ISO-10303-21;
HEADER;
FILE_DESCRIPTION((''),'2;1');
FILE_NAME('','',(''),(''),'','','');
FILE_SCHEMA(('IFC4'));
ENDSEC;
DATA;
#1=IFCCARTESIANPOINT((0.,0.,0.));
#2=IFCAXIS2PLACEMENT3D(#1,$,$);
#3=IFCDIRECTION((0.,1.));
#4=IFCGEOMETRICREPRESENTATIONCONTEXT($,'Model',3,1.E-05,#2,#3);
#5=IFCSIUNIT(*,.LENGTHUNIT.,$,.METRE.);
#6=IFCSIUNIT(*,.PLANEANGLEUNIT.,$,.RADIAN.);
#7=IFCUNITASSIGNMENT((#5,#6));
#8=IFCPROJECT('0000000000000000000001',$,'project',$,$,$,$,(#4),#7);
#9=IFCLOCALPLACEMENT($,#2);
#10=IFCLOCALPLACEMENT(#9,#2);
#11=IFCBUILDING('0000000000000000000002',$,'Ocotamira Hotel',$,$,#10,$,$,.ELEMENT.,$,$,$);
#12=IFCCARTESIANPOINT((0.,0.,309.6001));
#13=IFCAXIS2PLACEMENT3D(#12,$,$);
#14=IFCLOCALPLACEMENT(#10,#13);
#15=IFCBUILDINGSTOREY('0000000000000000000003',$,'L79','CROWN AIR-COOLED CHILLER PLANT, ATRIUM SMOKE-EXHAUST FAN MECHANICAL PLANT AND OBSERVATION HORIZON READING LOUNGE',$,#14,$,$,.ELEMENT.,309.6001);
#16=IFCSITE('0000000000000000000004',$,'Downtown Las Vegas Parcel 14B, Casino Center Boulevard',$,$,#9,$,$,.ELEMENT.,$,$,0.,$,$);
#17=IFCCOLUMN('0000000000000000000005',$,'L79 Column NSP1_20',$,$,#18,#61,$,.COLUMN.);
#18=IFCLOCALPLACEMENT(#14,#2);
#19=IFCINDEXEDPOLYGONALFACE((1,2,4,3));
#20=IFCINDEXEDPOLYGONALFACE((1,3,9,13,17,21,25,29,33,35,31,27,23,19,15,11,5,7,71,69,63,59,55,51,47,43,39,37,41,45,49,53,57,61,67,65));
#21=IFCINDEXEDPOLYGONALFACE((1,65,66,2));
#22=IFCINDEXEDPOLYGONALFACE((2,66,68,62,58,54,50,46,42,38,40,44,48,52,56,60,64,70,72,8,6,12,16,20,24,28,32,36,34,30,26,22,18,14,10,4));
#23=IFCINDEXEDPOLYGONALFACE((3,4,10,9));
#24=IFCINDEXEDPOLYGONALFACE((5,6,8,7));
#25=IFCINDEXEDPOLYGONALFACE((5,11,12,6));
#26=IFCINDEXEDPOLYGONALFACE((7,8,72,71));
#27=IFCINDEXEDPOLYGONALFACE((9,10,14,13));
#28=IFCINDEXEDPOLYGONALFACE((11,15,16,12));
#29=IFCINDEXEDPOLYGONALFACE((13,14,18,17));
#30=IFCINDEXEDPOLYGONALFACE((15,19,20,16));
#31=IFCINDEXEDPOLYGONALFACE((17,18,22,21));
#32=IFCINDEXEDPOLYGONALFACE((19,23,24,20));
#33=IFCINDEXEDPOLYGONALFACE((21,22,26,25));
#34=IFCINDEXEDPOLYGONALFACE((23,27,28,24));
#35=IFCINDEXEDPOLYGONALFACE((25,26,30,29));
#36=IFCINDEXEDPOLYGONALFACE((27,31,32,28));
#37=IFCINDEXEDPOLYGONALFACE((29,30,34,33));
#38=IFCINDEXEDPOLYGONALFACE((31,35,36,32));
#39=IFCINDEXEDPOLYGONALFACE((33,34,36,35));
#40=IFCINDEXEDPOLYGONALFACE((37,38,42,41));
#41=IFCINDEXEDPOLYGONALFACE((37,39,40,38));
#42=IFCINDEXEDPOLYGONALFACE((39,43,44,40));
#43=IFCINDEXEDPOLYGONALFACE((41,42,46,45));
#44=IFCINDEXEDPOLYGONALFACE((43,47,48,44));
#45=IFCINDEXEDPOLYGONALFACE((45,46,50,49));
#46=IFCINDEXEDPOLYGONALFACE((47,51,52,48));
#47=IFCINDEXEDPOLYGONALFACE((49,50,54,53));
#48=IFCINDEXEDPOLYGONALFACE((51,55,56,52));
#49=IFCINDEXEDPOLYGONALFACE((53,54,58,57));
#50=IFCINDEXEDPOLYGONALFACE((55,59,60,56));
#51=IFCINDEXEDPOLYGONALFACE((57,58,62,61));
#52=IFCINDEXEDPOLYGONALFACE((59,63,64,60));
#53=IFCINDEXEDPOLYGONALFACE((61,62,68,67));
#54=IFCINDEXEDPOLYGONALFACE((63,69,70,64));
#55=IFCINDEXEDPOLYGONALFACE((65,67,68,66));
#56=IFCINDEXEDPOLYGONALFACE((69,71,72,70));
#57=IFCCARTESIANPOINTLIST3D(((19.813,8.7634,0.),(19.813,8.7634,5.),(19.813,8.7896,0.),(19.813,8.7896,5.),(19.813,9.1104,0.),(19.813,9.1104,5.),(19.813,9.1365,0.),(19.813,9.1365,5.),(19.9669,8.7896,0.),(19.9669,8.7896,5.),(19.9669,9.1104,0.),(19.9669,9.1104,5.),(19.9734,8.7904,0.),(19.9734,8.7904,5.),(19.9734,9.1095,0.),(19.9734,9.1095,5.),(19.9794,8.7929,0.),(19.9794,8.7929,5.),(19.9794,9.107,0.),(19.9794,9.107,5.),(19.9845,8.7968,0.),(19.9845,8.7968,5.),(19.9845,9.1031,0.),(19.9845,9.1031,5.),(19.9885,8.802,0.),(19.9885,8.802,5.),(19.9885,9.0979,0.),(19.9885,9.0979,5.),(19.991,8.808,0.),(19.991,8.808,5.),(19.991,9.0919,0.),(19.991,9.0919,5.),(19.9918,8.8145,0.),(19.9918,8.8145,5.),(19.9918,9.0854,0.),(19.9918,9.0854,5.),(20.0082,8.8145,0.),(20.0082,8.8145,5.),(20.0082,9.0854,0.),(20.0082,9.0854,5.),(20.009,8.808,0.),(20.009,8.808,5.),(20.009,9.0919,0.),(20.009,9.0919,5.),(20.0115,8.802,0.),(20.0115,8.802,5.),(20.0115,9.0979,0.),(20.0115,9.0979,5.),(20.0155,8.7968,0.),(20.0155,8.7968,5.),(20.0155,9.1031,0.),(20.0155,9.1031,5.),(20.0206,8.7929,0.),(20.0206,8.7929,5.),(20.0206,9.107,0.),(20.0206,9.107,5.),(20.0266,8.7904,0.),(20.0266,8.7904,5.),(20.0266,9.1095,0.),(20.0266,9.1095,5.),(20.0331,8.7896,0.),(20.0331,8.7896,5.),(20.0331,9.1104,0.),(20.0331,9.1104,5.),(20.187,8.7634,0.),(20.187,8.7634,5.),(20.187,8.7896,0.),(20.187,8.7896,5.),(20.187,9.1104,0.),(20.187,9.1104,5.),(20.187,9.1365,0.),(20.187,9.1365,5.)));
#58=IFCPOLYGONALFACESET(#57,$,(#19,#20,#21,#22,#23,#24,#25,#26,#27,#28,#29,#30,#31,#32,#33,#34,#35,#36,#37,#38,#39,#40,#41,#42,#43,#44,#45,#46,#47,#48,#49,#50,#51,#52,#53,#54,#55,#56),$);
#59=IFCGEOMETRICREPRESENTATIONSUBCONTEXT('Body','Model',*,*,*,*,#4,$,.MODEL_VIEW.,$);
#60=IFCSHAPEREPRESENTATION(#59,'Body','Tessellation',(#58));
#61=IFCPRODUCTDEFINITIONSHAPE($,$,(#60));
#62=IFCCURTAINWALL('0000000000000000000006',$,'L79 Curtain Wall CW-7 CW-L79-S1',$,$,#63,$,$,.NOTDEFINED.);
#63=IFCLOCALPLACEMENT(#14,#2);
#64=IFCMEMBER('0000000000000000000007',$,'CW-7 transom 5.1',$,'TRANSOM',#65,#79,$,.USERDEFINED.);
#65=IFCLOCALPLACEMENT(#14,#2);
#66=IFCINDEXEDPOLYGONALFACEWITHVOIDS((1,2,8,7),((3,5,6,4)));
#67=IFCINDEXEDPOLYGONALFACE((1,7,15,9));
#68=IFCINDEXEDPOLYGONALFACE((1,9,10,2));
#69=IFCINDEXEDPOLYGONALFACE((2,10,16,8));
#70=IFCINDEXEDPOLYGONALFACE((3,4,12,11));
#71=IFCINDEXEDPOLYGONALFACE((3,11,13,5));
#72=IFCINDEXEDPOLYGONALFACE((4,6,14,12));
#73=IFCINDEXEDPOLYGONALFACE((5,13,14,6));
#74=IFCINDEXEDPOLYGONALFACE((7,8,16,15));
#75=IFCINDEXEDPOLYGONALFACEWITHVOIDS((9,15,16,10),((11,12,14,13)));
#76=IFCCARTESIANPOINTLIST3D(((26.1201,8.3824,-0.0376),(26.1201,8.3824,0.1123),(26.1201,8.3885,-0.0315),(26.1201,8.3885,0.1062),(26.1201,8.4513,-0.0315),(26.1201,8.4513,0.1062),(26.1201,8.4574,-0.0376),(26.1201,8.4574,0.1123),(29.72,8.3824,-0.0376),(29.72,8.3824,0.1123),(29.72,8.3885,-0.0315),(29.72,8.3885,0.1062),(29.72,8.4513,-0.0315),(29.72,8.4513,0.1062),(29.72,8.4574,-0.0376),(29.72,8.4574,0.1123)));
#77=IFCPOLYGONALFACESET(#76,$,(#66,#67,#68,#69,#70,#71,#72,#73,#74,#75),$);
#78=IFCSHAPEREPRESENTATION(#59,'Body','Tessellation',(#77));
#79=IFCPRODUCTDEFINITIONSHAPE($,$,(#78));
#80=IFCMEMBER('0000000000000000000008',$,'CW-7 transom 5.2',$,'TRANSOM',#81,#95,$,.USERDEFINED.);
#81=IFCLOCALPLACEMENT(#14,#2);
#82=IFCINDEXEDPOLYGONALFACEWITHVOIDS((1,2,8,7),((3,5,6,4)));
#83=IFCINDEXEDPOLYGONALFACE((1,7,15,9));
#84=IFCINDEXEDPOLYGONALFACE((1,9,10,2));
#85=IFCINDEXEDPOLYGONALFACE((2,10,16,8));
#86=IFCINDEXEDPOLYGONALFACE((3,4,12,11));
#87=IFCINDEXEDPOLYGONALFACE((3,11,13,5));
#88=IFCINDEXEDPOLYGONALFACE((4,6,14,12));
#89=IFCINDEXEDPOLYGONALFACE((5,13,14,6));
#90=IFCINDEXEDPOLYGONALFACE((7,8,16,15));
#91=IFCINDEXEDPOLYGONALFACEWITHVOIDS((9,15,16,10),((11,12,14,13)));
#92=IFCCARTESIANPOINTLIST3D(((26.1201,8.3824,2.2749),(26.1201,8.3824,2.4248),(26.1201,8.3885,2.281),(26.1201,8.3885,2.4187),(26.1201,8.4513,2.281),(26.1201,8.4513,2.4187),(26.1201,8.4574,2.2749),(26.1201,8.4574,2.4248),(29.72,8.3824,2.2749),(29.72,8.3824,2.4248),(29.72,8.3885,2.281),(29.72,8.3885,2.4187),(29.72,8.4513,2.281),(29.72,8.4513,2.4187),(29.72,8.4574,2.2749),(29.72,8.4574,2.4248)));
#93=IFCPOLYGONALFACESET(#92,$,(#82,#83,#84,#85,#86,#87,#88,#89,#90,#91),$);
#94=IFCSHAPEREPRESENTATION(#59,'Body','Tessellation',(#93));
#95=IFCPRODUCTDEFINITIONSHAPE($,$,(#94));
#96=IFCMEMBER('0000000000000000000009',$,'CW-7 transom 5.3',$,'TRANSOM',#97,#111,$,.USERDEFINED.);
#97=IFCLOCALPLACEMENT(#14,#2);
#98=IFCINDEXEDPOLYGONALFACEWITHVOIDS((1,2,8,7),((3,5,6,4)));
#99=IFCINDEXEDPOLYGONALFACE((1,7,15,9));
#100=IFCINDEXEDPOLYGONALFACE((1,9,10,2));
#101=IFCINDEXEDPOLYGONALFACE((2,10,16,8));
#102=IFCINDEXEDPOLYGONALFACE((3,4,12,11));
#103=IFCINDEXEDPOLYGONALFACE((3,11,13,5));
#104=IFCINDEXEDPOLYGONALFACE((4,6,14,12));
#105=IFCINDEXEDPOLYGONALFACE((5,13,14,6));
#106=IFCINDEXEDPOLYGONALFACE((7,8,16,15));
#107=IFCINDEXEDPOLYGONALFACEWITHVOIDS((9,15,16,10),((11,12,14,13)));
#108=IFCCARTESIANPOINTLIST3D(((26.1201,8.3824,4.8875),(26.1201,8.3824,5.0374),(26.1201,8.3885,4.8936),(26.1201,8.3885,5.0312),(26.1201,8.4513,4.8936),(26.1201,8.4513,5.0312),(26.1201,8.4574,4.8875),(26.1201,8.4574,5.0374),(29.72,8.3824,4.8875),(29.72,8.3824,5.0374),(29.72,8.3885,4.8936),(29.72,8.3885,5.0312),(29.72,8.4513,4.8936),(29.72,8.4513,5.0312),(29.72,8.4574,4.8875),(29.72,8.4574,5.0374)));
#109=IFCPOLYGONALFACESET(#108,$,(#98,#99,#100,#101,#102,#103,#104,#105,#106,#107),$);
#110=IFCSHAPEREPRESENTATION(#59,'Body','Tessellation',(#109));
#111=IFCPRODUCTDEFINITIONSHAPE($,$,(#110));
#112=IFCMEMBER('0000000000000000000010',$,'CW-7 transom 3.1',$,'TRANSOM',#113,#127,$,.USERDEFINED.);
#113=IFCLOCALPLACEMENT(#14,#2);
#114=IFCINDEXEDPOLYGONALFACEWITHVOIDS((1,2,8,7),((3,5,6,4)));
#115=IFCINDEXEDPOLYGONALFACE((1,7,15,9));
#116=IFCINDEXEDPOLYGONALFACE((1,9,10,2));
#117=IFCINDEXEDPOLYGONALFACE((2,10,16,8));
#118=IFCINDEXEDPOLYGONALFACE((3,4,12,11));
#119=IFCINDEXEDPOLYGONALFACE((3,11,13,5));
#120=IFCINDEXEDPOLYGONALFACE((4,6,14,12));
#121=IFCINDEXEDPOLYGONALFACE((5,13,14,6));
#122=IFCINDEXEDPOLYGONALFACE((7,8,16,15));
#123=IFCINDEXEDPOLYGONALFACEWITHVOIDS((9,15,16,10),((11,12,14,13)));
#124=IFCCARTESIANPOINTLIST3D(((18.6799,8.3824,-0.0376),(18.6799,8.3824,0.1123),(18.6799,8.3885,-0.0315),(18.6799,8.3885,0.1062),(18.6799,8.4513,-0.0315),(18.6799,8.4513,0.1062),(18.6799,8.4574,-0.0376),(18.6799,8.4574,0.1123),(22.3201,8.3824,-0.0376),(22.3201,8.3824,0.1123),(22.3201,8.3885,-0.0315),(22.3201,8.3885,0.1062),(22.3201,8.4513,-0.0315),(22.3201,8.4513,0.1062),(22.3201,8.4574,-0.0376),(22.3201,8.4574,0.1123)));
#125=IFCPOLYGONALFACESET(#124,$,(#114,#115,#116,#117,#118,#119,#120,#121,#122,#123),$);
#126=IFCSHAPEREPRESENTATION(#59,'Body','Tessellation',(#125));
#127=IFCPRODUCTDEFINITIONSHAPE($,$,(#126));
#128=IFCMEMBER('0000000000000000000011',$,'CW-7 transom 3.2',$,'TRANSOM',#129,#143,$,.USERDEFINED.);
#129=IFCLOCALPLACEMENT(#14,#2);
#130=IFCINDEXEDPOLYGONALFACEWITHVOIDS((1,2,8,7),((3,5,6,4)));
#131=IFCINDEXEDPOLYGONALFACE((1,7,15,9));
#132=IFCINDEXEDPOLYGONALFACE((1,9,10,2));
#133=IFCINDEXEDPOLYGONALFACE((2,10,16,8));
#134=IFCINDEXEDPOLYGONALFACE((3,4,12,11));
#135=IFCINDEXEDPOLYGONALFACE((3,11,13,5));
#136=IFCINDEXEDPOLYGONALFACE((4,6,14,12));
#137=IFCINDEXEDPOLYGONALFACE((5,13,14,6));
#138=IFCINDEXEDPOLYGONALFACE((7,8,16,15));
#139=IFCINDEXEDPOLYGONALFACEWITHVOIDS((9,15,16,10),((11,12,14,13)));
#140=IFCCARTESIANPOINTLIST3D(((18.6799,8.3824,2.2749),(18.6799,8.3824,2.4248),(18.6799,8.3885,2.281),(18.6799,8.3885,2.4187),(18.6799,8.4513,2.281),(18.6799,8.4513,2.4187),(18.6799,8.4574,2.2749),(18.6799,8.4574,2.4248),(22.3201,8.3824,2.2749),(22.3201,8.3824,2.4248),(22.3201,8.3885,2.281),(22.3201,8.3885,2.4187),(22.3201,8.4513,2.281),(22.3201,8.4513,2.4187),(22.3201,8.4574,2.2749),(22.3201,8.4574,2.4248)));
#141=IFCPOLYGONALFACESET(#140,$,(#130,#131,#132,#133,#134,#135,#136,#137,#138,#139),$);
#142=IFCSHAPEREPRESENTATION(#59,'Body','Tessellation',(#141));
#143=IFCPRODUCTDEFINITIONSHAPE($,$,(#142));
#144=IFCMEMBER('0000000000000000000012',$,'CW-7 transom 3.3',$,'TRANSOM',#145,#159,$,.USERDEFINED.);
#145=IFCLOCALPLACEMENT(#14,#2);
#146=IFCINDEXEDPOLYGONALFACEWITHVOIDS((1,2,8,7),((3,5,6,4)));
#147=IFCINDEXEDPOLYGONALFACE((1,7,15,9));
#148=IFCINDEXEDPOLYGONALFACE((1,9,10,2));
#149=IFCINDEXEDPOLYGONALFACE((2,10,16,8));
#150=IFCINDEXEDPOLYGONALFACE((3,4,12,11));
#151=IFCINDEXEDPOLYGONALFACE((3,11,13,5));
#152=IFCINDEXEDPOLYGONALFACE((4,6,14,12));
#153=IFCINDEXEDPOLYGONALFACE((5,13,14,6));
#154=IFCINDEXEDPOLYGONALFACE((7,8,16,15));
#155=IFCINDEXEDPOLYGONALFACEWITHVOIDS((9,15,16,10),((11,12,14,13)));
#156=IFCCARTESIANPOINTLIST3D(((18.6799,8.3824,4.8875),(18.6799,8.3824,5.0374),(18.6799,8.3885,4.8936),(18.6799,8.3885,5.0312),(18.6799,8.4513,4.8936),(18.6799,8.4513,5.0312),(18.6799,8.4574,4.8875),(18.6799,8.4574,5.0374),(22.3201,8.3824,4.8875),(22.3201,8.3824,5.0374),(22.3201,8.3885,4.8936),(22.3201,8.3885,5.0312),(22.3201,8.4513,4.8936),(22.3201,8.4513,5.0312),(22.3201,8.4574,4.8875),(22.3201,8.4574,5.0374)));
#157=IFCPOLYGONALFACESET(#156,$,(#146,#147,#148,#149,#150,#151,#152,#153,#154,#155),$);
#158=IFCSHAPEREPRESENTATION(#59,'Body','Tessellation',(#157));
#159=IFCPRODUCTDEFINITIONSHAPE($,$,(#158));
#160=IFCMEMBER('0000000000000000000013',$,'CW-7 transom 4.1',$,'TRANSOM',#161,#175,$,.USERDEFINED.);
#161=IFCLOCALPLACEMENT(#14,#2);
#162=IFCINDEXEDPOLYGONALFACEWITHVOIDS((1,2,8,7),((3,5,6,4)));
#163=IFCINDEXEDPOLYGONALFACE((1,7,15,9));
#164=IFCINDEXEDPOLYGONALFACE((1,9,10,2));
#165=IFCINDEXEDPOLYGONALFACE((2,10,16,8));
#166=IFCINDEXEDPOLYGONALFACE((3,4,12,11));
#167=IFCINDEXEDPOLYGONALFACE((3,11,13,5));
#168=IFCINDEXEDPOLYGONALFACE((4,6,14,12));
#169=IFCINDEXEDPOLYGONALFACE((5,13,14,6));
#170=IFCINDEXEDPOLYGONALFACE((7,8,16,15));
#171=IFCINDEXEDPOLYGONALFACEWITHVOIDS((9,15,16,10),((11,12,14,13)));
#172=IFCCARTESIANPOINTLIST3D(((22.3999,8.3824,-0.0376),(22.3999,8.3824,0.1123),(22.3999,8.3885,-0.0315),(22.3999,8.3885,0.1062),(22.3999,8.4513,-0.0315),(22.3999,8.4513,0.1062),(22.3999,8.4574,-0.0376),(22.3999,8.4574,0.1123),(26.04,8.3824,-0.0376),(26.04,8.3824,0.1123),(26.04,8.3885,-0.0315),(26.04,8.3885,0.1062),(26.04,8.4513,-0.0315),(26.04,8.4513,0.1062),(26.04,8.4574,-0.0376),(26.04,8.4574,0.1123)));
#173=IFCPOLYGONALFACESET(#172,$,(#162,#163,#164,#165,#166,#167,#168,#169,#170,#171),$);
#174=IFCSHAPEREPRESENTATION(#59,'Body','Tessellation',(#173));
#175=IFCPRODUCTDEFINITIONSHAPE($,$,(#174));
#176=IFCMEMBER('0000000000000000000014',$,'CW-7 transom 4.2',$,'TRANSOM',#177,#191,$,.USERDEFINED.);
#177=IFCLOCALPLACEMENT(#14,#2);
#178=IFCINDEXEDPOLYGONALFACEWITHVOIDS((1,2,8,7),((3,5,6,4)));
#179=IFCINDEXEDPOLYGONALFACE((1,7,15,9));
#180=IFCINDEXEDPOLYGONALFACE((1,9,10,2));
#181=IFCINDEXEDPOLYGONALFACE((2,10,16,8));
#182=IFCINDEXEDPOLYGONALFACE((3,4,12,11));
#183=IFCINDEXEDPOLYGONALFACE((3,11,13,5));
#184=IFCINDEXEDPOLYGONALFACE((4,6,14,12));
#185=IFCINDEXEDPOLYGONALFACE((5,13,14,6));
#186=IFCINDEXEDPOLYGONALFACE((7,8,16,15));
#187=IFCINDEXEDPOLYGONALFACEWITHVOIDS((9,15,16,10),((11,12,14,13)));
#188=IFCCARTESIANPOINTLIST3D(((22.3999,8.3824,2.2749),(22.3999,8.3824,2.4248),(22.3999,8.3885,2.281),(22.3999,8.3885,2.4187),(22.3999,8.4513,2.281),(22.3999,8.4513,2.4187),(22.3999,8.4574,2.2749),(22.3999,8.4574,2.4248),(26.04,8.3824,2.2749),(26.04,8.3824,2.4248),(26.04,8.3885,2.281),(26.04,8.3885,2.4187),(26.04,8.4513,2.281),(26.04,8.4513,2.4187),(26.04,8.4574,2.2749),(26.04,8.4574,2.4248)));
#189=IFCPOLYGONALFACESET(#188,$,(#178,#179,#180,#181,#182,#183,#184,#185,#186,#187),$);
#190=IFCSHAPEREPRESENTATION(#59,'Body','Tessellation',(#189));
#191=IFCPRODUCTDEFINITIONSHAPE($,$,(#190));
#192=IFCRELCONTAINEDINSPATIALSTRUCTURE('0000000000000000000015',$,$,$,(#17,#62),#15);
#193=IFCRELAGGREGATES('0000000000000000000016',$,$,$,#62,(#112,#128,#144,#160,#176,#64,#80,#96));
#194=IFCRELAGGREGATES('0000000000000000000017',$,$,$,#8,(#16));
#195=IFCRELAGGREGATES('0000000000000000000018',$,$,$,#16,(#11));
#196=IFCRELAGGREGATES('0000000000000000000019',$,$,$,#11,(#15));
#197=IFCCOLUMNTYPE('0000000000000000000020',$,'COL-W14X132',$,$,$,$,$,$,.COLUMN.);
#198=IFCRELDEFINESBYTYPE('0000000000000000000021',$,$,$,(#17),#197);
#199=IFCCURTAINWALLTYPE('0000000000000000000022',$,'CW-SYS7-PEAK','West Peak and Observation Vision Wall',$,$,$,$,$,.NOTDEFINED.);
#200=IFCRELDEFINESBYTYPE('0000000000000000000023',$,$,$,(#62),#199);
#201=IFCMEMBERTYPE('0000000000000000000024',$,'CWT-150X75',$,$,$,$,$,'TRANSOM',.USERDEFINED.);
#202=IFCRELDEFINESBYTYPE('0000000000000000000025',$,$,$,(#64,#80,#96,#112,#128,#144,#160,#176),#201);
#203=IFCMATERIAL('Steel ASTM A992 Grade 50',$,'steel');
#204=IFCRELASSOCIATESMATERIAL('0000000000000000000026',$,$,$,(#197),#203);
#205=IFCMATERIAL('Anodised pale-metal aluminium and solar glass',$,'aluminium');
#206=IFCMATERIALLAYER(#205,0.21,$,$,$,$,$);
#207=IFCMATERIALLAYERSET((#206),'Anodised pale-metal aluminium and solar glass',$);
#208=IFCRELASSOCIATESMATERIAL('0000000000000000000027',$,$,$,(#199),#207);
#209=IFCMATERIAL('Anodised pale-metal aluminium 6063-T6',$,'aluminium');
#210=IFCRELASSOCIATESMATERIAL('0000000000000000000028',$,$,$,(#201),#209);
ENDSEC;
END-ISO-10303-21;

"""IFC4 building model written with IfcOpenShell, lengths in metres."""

from ifc_helpers import new_model, si_unit, direction, frame, origin, origin_2d, place, context, subcontext, project, spatial, hollow_rectangle, i_section, extrude, source, transform, mapped, material, layer, layer_set, material_profile, profile_set, type_object, element, aggregate, save


model = new_model("IFC4")

# Units and contexts
model_context = context("Model", 3, precision=1e-05, world=origin(), true_north=direction((0.0, 1.0)))
body_context = subcontext(model_context, "Body", "Model", "MODEL_VIEW")
ifc_project = project(units=[si_unit("LENGTHUNIT", "METRE"), si_unit("PLANEANGLEUNIT", "RADIAN")], contexts=[model_context])

# Site, building, storey
site_placement = place(None, origin())
site = spatial("IfcSite", under=ifc_project, at=site_placement, Name="Downtown Las Vegas Parcel 14B, Casino Center Boulevard", CompositionType="ELEMENT", RefElevation=0.0)
building_placement = place(site_placement, origin())
building = spatial("IfcBuilding", under=site, at=building_placement, Name="Ocotamira Hotel", CompositionType="ELEMENT")
storey_placement = place(building_placement, frame((0.0, 0.0, 309.6001)))
storey = spatial("IfcBuildingStorey", under=building, at=storey_placement, Name="L79", Description="CROWN AIR-COOLED CHILLER PLANT, ATRIUM SMOKE-EXHAUST FAN MECHANICAL PLANT AND OBSERVATION HORIZON READING LOUNGE", CompositionType="ELEMENT", Elevation=309.6001)

# Column
ifc_material_1 = material(Name="Steel ASTM A992 Grade 50", Category="steel")
ifc_material_profile_1 = material_profile(ifc_material_1, i_section(OverallWidth=0.374, OverallDepth=0.373, WebThickness=0.0164, FlangeThickness=0.0261, FilletRadius=0.0249, at=origin_2d()), Name="W14X132")
ifc_profile_set_1 = profile_set([ifc_material_profile_1], Name="Steel ASTM A992 Grade 50")
column_type = type_object("IfcColumnType", Name="COL-W14X132", PredefinedType="COLUMN", material=ifc_profile_set_1)
shared_shape_1 = source(origin(), body_context, "Body", "SweptSolid", [
    extrude(i_section(OverallWidth=0.374, OverallDepth=0.373, WebThickness=0.0164, FlangeThickness=0.0261, FilletRadius=0.0249, at=origin_2d()), origin(), (0.0, 0.0, 1.0), 5.0),
])
column_placement = place(storey_placement, frame((20.0, 8.95, 0.0), z_axis=(0.0, 0.0, 1.0), x_axis=(1.0, 0.0, 0.0)))
element("IfcColumn", 1, at=column_placement, inside=storey, type_object=column_type, Name="L79 Column NSP1_20", PredefinedType="COLUMN", context=body_context, shape_type="MappedRepresentation", body=[
    mapped(shared_shape_1, transform((0.0, 0.0, 0.0), scale=1.0)),
])

# Curtain wall, members
ifc_material_2 = material(Name="Anodised pale-metal aluminium and solar glass", Category="aluminium")
ifc_layer_1 = layer(ifc_material_2, 0.21)
ifc_layer_set_1 = layer_set([ifc_layer_1], Name="Anodised pale-metal aluminium and solar glass")
curtain_wall_type = type_object("IfcCurtainWallType", Name="CW-SYS7-PEAK", Description="West Peak and Observation Vision Wall", PredefinedType="NOTDEFINED", material=ifc_layer_set_1)
curtain_wall_1_placement = place(storey_placement, origin())
curtain_wall_1 = element("IfcCurtainWall", 2, at=curtain_wall_1_placement, inside=storey, type_object=curtain_wall_type, Name="L79 Curtain Wall CW-7 CW-L79-S1", PredefinedType="NOTDEFINED")
ifc_material_3 = material(Name="Anodised pale-metal aluminium 6063-T6", Category="aluminium")
ifc_material_profile_2 = material_profile(ifc_material_3, hollow_rectangle(XDim=0.075, YDim=0.1499, WallThickness=0.0061, at=origin_2d()), Name="HSS150X75X6")
ifc_profile_set_2 = profile_set([ifc_material_profile_2], Name="Anodised pale-metal aluminium 6063-T6")
member_type_1 = type_object("IfcMemberType", Name="CWT-150X75", ElementType="TRANSOM", PredefinedType="USERDEFINED", material=ifc_profile_set_2)
shared_shape_2 = source(origin(), body_context, "Body", "SweptSolid", [
    extrude(hollow_rectangle(XDim=0.075, YDim=0.1499, WallThickness=0.0061, at=origin_2d()), origin(), (0.0, 0.0, 1.0), 3.5999),
])
member_1_placement = place(storey_placement, frame((26.1201, 8.4199, 0.0374), z_axis=(1.0, 0.0, 0.0), x_axis=(0.0, 1.0, 0.0)))
member_1 = element("IfcMember", 3, at=member_1_placement, type_object=member_type_1, Name="CW-7 transom 5.1", ObjectType="TRANSOM", PredefinedType="USERDEFINED", context=body_context, shape_type="MappedRepresentation", body=[
    mapped(shared_shape_2, transform((0.0, 0.0, 0.0), scale=1.0)),
])
member_2_placement = place(storey_placement, frame((26.1201, 8.4199, 2.3499), z_axis=(1.0, 0.0, 0.0), x_axis=(0.0, 1.0, 0.0)))
member_2 = element("IfcMember", 4, at=member_2_placement, type_object=member_type_1, Name="CW-7 transom 5.2", ObjectType="TRANSOM", PredefinedType="USERDEFINED", context=body_context, shape_type="MappedRepresentation", body=[
    mapped(shared_shape_2, transform((0.0, 0.0, 0.0), scale=1.0)),
])
member_3_placement = place(storey_placement, frame((26.1201, 8.4199, 4.9624), z_axis=(1.0, 0.0, 0.0), x_axis=(0.0, 1.0, 0.0)))
member_3 = element("IfcMember", 5, at=member_3_placement, type_object=member_type_1, Name="CW-7 transom 5.3", ObjectType="TRANSOM", PredefinedType="USERDEFINED", context=body_context, shape_type="MappedRepresentation", body=[
    mapped(shared_shape_2, transform((0.0, 0.0, 0.0), scale=1.0)),
])
shared_shape_3 = source(origin(), body_context, "Body", "SweptSolid", [
    extrude(hollow_rectangle(XDim=0.075, YDim=0.1499, WallThickness=0.0061, at=origin_2d()), origin(), (0.0, 0.0, 1.0), 3.6401),
])
member_4_placement = place(storey_placement, frame((18.6799, 8.4199, 0.0374), z_axis=(1.0, 0.0, 0.0), x_axis=(0.0, 1.0, 0.0)))
member_4 = element("IfcMember", 6, at=member_4_placement, type_object=member_type_1, Name="CW-7 transom 3.1", ObjectType="TRANSOM", PredefinedType="USERDEFINED", context=body_context, shape_type="MappedRepresentation", body=[
    mapped(shared_shape_3, transform((0.0, 0.0, 0.0), scale=1.0)),
])
member_5_placement = place(storey_placement, frame((18.6799, 8.4199, 2.3499), z_axis=(1.0, 0.0, 0.0), x_axis=(0.0, 1.0, 0.0)))
member_5 = element("IfcMember", 7, at=member_5_placement, type_object=member_type_1, Name="CW-7 transom 3.2", ObjectType="TRANSOM", PredefinedType="USERDEFINED", context=body_context, shape_type="MappedRepresentation", body=[
    mapped(shared_shape_3, transform((0.0, 0.0, 0.0), scale=1.0)),
])
member_6_placement = place(storey_placement, frame((18.6799, 8.4199, 4.9624), z_axis=(1.0, 0.0, 0.0), x_axis=(0.0, 1.0, 0.0)))
member_6 = element("IfcMember", 8, at=member_6_placement, type_object=member_type_1, Name="CW-7 transom 3.3", ObjectType="TRANSOM", PredefinedType="USERDEFINED", context=body_context, shape_type="MappedRepresentation", body=[
    mapped(shared_shape_3, transform((0.0, 0.0, 0.0), scale=1.0)),
])
member_7_placement = place(storey_placement, frame((22.3999, 8.4199, 0.0374), z_axis=(1.0, 0.0, 0.0), x_axis=(0.0, 1.0, 0.0)))
member_7 = element("IfcMember", 9, at=member_7_placement, type_object=member_type_1, Name="CW-7 transom 4.1", ObjectType="TRANSOM", PredefinedType="USERDEFINED", context=body_context, shape_type="MappedRepresentation", body=[
    mapped(shared_shape_3, transform((0.0, 0.0, 0.0), scale=1.0)),
])
member_8_placement = place(storey_placement, frame((22.3999, 8.4199, 2.3499), z_axis=(1.0, 0.0, 0.0), x_axis=(0.0, 1.0, 0.0)))
member_8 = element("IfcMember", 10, at=member_8_placement, type_object=member_type_1, Name="CW-7 transom 4.2", ObjectType="TRANSOM", PredefinedType="USERDEFINED", context=body_context, shape_type="MappedRepresentation", body=[
    mapped(shared_shape_3, transform((0.0, 0.0, 0.0), scale=1.0)),
])

aggregate(curtain_wall_1, [member_4, member_5, member_6, member_7, member_8, member_1, member_2, member_3])

save(model, "model.ifc")
